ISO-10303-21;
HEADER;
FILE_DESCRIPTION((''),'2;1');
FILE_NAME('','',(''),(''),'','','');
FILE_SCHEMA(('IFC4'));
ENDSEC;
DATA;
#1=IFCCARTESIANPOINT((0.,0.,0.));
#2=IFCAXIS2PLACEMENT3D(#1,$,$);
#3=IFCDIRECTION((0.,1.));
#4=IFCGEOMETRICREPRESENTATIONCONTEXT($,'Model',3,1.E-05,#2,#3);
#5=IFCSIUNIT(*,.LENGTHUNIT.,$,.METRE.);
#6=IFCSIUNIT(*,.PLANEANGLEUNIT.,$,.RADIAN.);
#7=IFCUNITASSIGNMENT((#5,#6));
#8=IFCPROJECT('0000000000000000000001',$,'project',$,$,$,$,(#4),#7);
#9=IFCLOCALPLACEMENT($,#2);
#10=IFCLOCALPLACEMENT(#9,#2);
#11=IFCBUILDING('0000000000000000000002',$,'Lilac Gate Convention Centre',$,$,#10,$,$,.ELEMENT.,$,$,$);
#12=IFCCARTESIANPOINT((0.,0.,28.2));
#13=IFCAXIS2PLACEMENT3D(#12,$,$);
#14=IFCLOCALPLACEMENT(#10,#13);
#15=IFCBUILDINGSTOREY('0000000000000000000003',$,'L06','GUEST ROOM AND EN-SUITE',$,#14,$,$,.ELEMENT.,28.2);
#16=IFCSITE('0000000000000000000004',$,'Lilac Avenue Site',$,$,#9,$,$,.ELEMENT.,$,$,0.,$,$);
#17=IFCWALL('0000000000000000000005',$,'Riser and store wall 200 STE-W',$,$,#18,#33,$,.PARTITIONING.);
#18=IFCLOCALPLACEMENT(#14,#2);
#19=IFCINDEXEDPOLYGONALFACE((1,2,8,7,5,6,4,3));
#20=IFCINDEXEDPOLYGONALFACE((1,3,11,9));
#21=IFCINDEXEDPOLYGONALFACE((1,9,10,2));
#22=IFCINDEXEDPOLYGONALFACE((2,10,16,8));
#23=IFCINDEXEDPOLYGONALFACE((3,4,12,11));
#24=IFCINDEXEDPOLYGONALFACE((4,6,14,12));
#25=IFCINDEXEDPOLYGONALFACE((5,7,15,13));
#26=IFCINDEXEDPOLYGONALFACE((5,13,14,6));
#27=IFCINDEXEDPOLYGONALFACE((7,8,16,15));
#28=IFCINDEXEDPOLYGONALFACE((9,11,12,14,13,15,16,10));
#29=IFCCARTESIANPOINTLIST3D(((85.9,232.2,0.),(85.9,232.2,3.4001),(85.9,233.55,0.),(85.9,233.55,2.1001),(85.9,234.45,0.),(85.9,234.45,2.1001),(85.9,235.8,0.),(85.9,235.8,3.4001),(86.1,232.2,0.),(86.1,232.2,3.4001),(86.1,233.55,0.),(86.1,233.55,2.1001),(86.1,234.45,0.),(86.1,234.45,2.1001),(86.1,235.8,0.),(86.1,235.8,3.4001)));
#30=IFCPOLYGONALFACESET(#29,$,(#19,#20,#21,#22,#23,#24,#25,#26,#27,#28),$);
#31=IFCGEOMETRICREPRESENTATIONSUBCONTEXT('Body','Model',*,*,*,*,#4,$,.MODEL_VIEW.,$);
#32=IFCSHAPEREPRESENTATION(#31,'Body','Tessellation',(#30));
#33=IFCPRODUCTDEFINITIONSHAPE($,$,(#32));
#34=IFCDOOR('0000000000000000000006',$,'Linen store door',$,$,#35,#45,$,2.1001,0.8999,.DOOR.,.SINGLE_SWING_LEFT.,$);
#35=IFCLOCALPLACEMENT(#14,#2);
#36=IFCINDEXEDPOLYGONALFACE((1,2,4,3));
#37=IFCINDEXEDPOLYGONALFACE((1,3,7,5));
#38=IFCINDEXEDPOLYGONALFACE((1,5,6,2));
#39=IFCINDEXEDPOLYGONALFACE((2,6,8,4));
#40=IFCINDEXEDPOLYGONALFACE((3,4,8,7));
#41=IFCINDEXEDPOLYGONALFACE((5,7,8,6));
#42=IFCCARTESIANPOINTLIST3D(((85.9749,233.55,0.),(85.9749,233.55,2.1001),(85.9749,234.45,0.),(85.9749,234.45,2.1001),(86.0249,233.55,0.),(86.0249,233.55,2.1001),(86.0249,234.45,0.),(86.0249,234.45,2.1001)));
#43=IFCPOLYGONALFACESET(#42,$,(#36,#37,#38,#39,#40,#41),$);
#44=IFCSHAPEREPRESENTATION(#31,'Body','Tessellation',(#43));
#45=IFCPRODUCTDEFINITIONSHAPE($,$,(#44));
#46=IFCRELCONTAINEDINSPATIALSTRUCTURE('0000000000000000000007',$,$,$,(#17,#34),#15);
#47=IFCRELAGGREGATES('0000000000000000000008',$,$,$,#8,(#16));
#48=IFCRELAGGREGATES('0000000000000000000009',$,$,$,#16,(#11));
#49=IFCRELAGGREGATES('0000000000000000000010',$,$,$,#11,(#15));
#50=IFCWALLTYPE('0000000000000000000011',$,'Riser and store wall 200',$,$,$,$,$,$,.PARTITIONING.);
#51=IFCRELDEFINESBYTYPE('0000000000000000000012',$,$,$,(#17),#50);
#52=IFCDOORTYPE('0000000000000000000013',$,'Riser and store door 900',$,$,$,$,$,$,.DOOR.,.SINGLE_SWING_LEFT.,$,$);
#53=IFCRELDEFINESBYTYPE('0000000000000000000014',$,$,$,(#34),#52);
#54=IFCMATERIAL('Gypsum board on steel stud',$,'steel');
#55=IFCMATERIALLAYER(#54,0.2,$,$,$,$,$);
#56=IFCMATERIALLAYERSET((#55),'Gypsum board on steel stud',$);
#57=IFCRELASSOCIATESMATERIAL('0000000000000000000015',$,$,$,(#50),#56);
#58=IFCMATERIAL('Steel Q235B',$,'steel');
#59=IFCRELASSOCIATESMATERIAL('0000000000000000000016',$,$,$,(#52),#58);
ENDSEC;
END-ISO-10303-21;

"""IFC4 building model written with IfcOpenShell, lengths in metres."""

from ifc_helpers import new_model, si_unit, direction, frame, frame_2d, origin, place, context, subcontext, project, spatial, rectangle, extrude, material, layer, layer_set, type_object, element, fill, save


model = new_model("IFC4")

# Units and contexts
model_context = context("Model", 3, precision=1e-05, world=origin(), true_north=direction((0.0, 1.0)))
body_context = subcontext(model_context, "Body", "Model", "MODEL_VIEW")
ifc_project = project(units=[si_unit("LENGTHUNIT", "METRE"), si_unit("PLANEANGLEUNIT", "RADIAN")], contexts=[model_context])

# Site, building, storey
site_placement = place(None, origin())
site = spatial("IfcSite", under=ifc_project, at=site_placement, Name="Lilac Avenue Site", CompositionType="ELEMENT", RefElevation=0.0)
building_placement = place(site_placement, origin())
building = spatial("IfcBuilding", under=site, at=building_placement, Name="Lilac Gate Convention Centre", CompositionType="ELEMENT")
storey_placement = place(building_placement, frame((0.0, 0.0, 28.2)))
storey = spatial("IfcBuildingStorey", under=building, at=storey_placement, Name="L06", Description="GUEST ROOM AND EN-SUITE", CompositionType="ELEMENT", Elevation=28.2)

# Shared definitions
ifc_material_1 = material(Name="Gypsum board on steel stud", Category="steel")

# Shared definitions
ifc_layer_1 = layer(ifc_material_1, 0.2)
ifc_layer_set_1 = layer_set([ifc_layer_1], Name="Gypsum board on steel stud")
wall_type_1 = type_object("IfcWallType", Name="Riser and store wall 200", PredefinedType="PARTITIONING", material=ifc_layer_set_1)

# Wall, opening, door
wall_1_placement = place(storey_placement, frame((86.0, 235.8, 0.0), z_axis=(0.0, 0.0, 1.0), x_axis=(0.0, -1.0, 0.0)))
wall_1 = element("IfcWall", 1, at=wall_1_placement, inside=storey, type_object=wall_type_1, Name="Riser and store wall 200 STE-W", PredefinedType="PARTITIONING", context=body_context, shape_type="SweptSolid", body=[
    extrude(rectangle(XDim=3.6001, YDim=0.2, at=frame_2d((1.8, 0.0))), origin(), (0.0, 0.0, 1.0), 3.4001),
])
opening_1_placement = place(wall_1_placement, frame((1.3501, 0.0, 0.0)))
opening_1 = element("IfcOpeningElement", 2, at=opening_1_placement, cuts=wall_1, PredefinedType="OPENING", context=body_context, shape_type="SweptSolid", body=[
    extrude(rectangle(XDim=0.8999, YDim=2.1001, at=frame_2d((0.45, 1.05))), frame((0.0, 0.1099, 0.0), z_axis=(0.0, -1.0, 0.0), x_axis=(1.0, 0.0, 0.0)), (0.0, 0.0, 1.0), 0.22),
])
ifc_material_2 = material(Name="Steel Q235B", Category="steel")
door_type_1 = type_object("IfcDoorType", Name="Riser and store door 900", OperationType="SINGLE_SWING_LEFT", PredefinedType="DOOR", material=ifc_material_2)
door_1_placement = place(opening_1_placement, origin())
door_1 = element("IfcDoor", 3, at=door_1_placement, inside=storey, type_object=door_type_1, Name="Linen store door", OperationType="SINGLE_SWING_LEFT", OverallHeight=2.1001, OverallWidth=0.8999, PredefinedType="DOOR", context=body_context, shape_type="SweptSolid", body=[
    extrude(rectangle(XDim=0.8999, YDim=2.1001, at=frame_2d((0.45, 1.05))), frame((0.0, 0.0249, 0.0), z_axis=(0.0, -1.0, 0.0), x_axis=(1.0, 0.0, 0.0)), (0.0, 0.0, 1.0), 0.05),
])
fill(opening_1, door_1)

save(model, "model.ifc")
